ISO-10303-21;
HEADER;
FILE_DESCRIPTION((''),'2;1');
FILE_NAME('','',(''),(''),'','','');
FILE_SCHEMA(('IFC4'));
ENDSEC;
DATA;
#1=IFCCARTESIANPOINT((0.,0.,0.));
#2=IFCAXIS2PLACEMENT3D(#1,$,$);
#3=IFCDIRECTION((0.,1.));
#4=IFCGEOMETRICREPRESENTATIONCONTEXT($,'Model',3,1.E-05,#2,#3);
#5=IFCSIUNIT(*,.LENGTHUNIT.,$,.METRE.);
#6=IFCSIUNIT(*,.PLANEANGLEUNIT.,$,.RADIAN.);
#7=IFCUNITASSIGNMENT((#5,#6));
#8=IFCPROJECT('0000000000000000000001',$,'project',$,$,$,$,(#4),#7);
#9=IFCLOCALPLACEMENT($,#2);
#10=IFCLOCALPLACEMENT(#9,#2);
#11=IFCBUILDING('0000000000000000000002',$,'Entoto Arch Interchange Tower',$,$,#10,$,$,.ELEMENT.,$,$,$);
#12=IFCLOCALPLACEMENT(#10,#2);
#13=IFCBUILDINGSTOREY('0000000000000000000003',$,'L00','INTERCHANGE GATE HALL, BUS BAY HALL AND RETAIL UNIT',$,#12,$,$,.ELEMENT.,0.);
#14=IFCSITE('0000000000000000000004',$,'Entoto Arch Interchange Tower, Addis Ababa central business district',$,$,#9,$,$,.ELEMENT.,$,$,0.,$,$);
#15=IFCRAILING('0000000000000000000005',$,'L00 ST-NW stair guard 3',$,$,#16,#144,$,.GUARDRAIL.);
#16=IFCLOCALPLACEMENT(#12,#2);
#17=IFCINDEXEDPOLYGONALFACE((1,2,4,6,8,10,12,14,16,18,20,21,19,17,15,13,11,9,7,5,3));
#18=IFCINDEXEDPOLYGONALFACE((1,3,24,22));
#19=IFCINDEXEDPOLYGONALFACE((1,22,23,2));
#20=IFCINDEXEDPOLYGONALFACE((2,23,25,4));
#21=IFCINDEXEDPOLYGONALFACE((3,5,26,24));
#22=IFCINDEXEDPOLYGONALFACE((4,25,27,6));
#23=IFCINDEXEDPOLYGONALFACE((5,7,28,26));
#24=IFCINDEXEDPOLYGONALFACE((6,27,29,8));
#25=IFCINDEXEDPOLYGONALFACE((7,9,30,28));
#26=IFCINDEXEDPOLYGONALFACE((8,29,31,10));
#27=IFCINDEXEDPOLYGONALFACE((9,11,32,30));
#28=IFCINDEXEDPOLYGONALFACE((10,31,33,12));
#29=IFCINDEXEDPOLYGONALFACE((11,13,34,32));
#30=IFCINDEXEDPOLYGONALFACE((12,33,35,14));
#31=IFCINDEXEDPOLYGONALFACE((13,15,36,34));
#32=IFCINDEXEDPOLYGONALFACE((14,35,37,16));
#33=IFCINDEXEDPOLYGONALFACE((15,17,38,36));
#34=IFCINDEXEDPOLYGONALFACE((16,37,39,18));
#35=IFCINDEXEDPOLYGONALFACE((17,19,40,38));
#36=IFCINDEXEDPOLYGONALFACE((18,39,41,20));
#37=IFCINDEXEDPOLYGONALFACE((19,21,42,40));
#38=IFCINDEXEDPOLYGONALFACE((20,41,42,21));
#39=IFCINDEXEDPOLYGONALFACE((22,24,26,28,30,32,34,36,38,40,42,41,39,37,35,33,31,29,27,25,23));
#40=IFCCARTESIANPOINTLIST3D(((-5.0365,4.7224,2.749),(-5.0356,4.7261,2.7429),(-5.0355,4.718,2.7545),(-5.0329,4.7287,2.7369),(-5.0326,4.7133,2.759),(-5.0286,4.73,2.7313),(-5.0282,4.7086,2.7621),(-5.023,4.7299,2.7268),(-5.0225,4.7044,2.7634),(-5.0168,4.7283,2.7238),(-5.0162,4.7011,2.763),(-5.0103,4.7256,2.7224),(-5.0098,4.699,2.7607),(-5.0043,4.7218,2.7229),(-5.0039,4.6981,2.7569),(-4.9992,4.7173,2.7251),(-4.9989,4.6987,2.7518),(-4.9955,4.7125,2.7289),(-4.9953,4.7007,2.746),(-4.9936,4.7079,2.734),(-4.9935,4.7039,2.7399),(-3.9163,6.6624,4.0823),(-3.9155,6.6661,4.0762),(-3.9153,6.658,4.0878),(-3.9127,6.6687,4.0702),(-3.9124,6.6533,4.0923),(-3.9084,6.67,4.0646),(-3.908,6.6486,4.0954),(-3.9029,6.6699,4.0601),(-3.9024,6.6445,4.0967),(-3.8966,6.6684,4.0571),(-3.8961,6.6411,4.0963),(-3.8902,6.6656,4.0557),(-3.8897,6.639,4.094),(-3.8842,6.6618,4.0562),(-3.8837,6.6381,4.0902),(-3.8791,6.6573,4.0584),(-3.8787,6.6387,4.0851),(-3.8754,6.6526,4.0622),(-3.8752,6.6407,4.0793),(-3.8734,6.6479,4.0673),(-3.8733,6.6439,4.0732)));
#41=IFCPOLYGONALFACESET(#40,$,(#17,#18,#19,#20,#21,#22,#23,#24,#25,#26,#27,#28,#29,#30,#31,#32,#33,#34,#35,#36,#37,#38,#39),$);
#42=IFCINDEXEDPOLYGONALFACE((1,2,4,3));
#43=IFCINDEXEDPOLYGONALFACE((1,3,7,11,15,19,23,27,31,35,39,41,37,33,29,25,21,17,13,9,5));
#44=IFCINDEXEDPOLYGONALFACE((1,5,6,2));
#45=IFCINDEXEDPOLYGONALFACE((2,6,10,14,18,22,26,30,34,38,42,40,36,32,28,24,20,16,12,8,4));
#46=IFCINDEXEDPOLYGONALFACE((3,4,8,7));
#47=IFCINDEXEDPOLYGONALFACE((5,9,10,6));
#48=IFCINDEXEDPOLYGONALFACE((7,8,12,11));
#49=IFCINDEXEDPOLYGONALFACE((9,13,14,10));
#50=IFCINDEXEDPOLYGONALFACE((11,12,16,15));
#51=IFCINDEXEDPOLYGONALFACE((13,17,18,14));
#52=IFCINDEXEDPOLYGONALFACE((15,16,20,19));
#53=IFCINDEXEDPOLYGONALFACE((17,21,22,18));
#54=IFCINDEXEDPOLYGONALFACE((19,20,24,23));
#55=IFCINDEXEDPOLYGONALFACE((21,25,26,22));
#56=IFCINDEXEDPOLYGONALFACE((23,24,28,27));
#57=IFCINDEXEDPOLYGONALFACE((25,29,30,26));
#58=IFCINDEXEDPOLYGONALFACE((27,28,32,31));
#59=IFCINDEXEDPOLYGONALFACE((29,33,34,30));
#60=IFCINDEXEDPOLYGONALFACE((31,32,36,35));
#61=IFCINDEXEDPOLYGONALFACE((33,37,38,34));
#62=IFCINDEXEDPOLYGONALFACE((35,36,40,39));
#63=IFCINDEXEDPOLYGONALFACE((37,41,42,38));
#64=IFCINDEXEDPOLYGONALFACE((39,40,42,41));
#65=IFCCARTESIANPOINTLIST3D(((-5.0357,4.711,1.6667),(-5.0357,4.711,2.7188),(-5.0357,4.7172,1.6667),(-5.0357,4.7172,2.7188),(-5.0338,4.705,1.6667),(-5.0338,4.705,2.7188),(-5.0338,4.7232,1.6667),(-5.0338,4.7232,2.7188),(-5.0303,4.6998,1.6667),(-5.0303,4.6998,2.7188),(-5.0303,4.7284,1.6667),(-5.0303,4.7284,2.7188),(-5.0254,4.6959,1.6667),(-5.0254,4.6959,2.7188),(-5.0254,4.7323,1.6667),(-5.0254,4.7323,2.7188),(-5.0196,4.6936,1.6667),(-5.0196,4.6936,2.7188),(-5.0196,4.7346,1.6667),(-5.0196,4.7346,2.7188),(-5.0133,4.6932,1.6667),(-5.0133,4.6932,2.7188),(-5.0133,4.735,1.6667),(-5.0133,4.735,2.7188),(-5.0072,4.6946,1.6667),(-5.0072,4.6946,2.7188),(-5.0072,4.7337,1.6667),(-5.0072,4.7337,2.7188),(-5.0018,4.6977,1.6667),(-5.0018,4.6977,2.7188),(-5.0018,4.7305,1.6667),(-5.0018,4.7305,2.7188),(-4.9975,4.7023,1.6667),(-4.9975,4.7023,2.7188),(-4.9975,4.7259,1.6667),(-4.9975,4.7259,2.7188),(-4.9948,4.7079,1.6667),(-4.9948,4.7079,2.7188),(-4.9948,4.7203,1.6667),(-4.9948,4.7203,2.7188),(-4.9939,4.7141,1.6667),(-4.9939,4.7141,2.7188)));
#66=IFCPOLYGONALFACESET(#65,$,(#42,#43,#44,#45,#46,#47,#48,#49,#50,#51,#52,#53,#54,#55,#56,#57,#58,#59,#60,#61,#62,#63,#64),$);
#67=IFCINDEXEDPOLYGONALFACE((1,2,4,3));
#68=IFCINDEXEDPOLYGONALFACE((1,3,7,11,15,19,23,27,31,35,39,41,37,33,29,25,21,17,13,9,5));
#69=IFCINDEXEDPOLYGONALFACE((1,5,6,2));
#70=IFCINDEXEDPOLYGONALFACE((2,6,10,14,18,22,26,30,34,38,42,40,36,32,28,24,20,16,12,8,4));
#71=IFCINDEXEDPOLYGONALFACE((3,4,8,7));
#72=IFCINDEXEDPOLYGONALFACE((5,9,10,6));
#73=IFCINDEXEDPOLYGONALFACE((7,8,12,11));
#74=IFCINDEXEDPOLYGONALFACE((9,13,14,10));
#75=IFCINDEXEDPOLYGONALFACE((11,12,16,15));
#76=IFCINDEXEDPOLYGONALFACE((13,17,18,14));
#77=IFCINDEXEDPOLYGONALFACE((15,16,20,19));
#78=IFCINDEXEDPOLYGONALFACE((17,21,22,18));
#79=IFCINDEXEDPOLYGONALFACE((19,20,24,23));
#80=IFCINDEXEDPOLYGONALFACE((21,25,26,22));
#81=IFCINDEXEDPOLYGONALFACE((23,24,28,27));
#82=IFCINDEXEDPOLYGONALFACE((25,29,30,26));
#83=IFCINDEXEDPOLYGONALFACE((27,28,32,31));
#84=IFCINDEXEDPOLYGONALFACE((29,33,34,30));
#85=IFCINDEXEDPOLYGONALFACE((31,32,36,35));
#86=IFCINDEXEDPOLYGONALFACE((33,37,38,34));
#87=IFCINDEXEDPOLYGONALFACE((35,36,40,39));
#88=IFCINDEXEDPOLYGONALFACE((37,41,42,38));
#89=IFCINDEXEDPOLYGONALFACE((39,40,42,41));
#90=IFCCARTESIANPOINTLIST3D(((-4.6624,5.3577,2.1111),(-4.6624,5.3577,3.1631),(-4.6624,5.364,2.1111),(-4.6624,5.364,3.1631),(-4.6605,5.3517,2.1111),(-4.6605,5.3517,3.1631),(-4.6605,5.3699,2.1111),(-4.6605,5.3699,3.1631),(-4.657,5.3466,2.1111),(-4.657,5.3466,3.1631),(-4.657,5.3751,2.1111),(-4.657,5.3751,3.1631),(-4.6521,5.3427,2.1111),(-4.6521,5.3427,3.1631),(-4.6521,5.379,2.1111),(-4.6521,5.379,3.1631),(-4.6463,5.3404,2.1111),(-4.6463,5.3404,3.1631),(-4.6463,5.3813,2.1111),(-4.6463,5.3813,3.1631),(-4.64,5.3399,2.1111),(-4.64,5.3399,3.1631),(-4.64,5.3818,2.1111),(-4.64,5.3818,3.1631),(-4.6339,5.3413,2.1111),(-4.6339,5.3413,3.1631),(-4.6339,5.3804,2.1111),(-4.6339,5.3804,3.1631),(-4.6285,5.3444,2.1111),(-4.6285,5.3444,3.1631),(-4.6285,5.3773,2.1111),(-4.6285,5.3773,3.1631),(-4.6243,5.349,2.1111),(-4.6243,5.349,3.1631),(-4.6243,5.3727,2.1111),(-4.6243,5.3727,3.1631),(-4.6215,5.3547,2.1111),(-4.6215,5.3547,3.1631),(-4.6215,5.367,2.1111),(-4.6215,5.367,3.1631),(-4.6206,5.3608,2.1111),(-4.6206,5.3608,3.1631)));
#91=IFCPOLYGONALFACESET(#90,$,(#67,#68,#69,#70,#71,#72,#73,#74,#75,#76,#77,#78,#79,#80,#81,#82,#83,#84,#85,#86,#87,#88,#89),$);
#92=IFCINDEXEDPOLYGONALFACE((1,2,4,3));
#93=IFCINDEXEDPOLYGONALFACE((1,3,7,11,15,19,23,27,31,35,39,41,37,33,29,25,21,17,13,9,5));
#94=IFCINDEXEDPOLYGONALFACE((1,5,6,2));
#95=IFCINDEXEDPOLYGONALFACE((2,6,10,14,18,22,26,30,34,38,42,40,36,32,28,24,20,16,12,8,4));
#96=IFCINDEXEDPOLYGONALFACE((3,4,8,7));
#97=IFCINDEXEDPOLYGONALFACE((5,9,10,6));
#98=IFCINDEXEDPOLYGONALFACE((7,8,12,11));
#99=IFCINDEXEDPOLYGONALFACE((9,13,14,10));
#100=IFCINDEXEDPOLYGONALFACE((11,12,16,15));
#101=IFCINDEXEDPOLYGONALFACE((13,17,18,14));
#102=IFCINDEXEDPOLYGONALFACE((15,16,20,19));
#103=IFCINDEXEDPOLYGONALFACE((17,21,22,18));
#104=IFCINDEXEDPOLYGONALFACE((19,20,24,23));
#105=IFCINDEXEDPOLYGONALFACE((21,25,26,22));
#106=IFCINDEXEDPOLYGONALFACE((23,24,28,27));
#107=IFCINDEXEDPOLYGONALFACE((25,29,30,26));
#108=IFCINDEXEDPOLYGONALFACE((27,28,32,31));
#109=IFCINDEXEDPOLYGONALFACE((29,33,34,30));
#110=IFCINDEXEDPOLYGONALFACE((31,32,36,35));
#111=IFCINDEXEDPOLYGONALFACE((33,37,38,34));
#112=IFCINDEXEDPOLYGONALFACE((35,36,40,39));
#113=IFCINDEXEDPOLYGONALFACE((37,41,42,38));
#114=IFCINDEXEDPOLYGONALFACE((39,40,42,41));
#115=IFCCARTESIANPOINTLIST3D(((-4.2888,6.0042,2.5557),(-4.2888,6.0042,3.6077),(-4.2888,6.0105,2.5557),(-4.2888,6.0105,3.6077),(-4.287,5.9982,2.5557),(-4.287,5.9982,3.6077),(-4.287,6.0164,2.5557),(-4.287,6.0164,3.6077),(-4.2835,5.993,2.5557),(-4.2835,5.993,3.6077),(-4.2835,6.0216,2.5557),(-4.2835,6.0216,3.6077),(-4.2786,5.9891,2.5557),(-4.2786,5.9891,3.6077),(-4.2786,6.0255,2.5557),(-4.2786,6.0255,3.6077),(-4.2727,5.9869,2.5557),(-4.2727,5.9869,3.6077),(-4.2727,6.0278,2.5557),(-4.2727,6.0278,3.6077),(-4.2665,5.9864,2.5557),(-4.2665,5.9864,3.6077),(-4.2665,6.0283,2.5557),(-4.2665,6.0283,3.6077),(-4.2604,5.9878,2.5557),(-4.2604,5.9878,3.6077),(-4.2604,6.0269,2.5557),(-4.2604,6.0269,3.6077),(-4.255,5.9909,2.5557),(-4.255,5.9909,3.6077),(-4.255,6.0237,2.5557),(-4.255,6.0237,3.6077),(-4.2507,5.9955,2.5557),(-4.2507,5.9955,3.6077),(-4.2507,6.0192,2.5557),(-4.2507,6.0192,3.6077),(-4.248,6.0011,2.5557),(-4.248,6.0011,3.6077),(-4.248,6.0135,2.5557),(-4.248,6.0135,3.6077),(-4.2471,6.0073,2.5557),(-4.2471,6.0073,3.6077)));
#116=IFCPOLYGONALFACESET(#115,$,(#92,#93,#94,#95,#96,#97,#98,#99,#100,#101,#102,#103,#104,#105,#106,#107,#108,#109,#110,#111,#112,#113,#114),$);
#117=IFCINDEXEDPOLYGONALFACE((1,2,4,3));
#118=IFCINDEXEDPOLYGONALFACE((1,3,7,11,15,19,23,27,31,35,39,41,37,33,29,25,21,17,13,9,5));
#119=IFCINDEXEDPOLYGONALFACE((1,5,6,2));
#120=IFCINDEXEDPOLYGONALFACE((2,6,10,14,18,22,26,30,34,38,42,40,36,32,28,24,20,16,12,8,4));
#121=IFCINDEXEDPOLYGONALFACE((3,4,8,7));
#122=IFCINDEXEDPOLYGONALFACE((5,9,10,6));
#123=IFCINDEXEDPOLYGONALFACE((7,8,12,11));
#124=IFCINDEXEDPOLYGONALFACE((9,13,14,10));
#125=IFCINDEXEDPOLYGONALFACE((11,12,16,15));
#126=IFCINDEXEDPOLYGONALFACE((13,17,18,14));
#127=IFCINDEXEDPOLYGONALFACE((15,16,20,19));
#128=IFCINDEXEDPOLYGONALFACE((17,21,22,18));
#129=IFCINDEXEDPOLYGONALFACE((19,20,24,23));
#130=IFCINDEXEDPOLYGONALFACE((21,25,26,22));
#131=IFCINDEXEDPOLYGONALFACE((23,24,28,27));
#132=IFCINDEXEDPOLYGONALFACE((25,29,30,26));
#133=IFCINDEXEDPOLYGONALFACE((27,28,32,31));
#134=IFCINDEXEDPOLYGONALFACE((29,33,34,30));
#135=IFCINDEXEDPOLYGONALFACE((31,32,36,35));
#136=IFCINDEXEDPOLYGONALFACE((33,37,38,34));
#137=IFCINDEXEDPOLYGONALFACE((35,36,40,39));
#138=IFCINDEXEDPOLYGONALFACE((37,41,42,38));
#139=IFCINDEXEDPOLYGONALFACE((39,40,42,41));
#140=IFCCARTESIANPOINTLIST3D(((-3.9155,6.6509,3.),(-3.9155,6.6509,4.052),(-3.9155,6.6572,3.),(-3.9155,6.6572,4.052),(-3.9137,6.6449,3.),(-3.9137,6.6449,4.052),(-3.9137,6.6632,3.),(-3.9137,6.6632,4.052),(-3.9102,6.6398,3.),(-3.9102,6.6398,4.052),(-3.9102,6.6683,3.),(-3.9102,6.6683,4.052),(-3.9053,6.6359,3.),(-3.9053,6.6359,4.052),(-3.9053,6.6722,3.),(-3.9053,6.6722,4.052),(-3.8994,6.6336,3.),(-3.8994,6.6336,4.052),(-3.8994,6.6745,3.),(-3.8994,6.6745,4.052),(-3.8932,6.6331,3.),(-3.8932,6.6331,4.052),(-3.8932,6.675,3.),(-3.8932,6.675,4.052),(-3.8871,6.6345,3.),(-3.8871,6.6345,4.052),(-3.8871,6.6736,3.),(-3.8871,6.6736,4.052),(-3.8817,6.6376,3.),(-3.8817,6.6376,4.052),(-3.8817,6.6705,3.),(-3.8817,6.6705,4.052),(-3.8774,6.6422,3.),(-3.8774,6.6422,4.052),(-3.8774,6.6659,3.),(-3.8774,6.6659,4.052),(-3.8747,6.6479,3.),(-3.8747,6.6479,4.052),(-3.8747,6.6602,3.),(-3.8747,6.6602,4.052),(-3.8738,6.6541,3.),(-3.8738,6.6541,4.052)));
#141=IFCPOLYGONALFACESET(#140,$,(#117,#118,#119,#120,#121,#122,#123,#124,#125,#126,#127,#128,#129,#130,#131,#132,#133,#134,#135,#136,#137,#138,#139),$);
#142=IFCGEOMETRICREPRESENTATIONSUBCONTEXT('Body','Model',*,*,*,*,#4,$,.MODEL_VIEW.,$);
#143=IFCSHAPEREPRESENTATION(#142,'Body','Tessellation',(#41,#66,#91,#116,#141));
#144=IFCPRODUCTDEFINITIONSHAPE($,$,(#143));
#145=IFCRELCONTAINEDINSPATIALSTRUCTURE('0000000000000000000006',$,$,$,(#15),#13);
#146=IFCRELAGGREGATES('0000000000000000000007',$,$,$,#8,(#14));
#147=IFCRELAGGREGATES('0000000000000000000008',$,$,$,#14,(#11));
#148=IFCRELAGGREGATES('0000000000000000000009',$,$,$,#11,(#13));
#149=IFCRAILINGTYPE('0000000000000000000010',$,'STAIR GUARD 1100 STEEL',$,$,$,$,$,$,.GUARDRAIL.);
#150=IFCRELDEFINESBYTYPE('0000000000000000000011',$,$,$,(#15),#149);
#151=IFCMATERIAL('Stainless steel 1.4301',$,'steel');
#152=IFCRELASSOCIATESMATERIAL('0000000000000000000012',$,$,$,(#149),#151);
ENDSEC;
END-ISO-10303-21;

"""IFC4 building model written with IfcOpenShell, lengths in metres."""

from ifc_helpers import new_model, si_unit, direction, frame, origin, origin_2d, place, context, subcontext, project, spatial, circle, extrude, material, type_object, element, save


model = new_model("IFC4")

# Units and contexts
model_context = context("Model", 3, precision=1e-05, world=origin(), true_north=direction((0.0, 1.0)))
body_context = subcontext(model_context, "Body", "Model", "MODEL_VIEW")
ifc_project = project(units=[si_unit("LENGTHUNIT", "METRE"), si_unit("PLANEANGLEUNIT", "RADIAN")], contexts=[model_context])

# Site, building, storey
site_placement = place(None, origin())
site = spatial("IfcSite", under=ifc_project, at=site_placement, Name="Entoto Arch Interchange Tower, Addis Ababa central business district", CompositionType="ELEMENT", RefElevation=0.0)
building_placement = place(site_placement, origin())
building = spatial("IfcBuilding", under=site, at=building_placement, Name="Entoto Arch Interchange Tower", CompositionType="ELEMENT")
storey_placement = place(building_placement, origin())
storey = spatial("IfcBuildingStorey", under=building, at=storey_placement, Name="L00", Description="INTERCHANGE GATE HALL, BUS BAY HALL AND RETAIL UNIT", CompositionType="ELEMENT", Elevation=0.0)

# Railing
ifc_material_1 = material(Name="Stainless steel 1.4301", Category="steel")
railing_type_1 = type_object("IfcRailingType", Name="STAIR GUARD 1100 STEEL", PredefinedType="GUARDRAIL", material=ifc_material_1)
railing_1_placement = place(storey_placement, frame((-5.0149, 4.7141, 1.6667)))
element("IfcRailing", 1, at=railing_1_placement, inside=storey, type_object=railing_type_1, Name="L00 ST-NW stair guard 3", PredefinedType="GUARDRAIL", context=body_context, shape_type="SweptSolid", body=[
    extrude(circle(Radius=0.0239, at=origin_2d()), frame((0.0, 0.0, 1.0762), z_axis=(0.429684, 0.744175, 0.511444), x_axis=(-0.866008, 0.500031, 0.0)), (0.0, 0.0, 1.0), 2.6069),
    extrude(circle(Radius=0.021, at=origin_2d()), origin(), (0.0, 0.0, 1.0), 1.052),
    extrude(circle(Radius=0.021, at=origin_2d()), frame((0.3733, 0.6467, 0.4443)), (0.0, 0.0, 1.0), 1.052),
    extrude(circle(Radius=0.021, at=origin_2d()), frame((0.7468, 1.2932, 0.8889)), (0.0, 0.0, 1.0), 1.052),
    extrude(circle(Radius=0.021, at=origin_2d()), frame((1.1201, 1.9399, 1.3333)), (0.0, 0.0, 1.0), 1.052),
])

save(model, "model.ifc")
